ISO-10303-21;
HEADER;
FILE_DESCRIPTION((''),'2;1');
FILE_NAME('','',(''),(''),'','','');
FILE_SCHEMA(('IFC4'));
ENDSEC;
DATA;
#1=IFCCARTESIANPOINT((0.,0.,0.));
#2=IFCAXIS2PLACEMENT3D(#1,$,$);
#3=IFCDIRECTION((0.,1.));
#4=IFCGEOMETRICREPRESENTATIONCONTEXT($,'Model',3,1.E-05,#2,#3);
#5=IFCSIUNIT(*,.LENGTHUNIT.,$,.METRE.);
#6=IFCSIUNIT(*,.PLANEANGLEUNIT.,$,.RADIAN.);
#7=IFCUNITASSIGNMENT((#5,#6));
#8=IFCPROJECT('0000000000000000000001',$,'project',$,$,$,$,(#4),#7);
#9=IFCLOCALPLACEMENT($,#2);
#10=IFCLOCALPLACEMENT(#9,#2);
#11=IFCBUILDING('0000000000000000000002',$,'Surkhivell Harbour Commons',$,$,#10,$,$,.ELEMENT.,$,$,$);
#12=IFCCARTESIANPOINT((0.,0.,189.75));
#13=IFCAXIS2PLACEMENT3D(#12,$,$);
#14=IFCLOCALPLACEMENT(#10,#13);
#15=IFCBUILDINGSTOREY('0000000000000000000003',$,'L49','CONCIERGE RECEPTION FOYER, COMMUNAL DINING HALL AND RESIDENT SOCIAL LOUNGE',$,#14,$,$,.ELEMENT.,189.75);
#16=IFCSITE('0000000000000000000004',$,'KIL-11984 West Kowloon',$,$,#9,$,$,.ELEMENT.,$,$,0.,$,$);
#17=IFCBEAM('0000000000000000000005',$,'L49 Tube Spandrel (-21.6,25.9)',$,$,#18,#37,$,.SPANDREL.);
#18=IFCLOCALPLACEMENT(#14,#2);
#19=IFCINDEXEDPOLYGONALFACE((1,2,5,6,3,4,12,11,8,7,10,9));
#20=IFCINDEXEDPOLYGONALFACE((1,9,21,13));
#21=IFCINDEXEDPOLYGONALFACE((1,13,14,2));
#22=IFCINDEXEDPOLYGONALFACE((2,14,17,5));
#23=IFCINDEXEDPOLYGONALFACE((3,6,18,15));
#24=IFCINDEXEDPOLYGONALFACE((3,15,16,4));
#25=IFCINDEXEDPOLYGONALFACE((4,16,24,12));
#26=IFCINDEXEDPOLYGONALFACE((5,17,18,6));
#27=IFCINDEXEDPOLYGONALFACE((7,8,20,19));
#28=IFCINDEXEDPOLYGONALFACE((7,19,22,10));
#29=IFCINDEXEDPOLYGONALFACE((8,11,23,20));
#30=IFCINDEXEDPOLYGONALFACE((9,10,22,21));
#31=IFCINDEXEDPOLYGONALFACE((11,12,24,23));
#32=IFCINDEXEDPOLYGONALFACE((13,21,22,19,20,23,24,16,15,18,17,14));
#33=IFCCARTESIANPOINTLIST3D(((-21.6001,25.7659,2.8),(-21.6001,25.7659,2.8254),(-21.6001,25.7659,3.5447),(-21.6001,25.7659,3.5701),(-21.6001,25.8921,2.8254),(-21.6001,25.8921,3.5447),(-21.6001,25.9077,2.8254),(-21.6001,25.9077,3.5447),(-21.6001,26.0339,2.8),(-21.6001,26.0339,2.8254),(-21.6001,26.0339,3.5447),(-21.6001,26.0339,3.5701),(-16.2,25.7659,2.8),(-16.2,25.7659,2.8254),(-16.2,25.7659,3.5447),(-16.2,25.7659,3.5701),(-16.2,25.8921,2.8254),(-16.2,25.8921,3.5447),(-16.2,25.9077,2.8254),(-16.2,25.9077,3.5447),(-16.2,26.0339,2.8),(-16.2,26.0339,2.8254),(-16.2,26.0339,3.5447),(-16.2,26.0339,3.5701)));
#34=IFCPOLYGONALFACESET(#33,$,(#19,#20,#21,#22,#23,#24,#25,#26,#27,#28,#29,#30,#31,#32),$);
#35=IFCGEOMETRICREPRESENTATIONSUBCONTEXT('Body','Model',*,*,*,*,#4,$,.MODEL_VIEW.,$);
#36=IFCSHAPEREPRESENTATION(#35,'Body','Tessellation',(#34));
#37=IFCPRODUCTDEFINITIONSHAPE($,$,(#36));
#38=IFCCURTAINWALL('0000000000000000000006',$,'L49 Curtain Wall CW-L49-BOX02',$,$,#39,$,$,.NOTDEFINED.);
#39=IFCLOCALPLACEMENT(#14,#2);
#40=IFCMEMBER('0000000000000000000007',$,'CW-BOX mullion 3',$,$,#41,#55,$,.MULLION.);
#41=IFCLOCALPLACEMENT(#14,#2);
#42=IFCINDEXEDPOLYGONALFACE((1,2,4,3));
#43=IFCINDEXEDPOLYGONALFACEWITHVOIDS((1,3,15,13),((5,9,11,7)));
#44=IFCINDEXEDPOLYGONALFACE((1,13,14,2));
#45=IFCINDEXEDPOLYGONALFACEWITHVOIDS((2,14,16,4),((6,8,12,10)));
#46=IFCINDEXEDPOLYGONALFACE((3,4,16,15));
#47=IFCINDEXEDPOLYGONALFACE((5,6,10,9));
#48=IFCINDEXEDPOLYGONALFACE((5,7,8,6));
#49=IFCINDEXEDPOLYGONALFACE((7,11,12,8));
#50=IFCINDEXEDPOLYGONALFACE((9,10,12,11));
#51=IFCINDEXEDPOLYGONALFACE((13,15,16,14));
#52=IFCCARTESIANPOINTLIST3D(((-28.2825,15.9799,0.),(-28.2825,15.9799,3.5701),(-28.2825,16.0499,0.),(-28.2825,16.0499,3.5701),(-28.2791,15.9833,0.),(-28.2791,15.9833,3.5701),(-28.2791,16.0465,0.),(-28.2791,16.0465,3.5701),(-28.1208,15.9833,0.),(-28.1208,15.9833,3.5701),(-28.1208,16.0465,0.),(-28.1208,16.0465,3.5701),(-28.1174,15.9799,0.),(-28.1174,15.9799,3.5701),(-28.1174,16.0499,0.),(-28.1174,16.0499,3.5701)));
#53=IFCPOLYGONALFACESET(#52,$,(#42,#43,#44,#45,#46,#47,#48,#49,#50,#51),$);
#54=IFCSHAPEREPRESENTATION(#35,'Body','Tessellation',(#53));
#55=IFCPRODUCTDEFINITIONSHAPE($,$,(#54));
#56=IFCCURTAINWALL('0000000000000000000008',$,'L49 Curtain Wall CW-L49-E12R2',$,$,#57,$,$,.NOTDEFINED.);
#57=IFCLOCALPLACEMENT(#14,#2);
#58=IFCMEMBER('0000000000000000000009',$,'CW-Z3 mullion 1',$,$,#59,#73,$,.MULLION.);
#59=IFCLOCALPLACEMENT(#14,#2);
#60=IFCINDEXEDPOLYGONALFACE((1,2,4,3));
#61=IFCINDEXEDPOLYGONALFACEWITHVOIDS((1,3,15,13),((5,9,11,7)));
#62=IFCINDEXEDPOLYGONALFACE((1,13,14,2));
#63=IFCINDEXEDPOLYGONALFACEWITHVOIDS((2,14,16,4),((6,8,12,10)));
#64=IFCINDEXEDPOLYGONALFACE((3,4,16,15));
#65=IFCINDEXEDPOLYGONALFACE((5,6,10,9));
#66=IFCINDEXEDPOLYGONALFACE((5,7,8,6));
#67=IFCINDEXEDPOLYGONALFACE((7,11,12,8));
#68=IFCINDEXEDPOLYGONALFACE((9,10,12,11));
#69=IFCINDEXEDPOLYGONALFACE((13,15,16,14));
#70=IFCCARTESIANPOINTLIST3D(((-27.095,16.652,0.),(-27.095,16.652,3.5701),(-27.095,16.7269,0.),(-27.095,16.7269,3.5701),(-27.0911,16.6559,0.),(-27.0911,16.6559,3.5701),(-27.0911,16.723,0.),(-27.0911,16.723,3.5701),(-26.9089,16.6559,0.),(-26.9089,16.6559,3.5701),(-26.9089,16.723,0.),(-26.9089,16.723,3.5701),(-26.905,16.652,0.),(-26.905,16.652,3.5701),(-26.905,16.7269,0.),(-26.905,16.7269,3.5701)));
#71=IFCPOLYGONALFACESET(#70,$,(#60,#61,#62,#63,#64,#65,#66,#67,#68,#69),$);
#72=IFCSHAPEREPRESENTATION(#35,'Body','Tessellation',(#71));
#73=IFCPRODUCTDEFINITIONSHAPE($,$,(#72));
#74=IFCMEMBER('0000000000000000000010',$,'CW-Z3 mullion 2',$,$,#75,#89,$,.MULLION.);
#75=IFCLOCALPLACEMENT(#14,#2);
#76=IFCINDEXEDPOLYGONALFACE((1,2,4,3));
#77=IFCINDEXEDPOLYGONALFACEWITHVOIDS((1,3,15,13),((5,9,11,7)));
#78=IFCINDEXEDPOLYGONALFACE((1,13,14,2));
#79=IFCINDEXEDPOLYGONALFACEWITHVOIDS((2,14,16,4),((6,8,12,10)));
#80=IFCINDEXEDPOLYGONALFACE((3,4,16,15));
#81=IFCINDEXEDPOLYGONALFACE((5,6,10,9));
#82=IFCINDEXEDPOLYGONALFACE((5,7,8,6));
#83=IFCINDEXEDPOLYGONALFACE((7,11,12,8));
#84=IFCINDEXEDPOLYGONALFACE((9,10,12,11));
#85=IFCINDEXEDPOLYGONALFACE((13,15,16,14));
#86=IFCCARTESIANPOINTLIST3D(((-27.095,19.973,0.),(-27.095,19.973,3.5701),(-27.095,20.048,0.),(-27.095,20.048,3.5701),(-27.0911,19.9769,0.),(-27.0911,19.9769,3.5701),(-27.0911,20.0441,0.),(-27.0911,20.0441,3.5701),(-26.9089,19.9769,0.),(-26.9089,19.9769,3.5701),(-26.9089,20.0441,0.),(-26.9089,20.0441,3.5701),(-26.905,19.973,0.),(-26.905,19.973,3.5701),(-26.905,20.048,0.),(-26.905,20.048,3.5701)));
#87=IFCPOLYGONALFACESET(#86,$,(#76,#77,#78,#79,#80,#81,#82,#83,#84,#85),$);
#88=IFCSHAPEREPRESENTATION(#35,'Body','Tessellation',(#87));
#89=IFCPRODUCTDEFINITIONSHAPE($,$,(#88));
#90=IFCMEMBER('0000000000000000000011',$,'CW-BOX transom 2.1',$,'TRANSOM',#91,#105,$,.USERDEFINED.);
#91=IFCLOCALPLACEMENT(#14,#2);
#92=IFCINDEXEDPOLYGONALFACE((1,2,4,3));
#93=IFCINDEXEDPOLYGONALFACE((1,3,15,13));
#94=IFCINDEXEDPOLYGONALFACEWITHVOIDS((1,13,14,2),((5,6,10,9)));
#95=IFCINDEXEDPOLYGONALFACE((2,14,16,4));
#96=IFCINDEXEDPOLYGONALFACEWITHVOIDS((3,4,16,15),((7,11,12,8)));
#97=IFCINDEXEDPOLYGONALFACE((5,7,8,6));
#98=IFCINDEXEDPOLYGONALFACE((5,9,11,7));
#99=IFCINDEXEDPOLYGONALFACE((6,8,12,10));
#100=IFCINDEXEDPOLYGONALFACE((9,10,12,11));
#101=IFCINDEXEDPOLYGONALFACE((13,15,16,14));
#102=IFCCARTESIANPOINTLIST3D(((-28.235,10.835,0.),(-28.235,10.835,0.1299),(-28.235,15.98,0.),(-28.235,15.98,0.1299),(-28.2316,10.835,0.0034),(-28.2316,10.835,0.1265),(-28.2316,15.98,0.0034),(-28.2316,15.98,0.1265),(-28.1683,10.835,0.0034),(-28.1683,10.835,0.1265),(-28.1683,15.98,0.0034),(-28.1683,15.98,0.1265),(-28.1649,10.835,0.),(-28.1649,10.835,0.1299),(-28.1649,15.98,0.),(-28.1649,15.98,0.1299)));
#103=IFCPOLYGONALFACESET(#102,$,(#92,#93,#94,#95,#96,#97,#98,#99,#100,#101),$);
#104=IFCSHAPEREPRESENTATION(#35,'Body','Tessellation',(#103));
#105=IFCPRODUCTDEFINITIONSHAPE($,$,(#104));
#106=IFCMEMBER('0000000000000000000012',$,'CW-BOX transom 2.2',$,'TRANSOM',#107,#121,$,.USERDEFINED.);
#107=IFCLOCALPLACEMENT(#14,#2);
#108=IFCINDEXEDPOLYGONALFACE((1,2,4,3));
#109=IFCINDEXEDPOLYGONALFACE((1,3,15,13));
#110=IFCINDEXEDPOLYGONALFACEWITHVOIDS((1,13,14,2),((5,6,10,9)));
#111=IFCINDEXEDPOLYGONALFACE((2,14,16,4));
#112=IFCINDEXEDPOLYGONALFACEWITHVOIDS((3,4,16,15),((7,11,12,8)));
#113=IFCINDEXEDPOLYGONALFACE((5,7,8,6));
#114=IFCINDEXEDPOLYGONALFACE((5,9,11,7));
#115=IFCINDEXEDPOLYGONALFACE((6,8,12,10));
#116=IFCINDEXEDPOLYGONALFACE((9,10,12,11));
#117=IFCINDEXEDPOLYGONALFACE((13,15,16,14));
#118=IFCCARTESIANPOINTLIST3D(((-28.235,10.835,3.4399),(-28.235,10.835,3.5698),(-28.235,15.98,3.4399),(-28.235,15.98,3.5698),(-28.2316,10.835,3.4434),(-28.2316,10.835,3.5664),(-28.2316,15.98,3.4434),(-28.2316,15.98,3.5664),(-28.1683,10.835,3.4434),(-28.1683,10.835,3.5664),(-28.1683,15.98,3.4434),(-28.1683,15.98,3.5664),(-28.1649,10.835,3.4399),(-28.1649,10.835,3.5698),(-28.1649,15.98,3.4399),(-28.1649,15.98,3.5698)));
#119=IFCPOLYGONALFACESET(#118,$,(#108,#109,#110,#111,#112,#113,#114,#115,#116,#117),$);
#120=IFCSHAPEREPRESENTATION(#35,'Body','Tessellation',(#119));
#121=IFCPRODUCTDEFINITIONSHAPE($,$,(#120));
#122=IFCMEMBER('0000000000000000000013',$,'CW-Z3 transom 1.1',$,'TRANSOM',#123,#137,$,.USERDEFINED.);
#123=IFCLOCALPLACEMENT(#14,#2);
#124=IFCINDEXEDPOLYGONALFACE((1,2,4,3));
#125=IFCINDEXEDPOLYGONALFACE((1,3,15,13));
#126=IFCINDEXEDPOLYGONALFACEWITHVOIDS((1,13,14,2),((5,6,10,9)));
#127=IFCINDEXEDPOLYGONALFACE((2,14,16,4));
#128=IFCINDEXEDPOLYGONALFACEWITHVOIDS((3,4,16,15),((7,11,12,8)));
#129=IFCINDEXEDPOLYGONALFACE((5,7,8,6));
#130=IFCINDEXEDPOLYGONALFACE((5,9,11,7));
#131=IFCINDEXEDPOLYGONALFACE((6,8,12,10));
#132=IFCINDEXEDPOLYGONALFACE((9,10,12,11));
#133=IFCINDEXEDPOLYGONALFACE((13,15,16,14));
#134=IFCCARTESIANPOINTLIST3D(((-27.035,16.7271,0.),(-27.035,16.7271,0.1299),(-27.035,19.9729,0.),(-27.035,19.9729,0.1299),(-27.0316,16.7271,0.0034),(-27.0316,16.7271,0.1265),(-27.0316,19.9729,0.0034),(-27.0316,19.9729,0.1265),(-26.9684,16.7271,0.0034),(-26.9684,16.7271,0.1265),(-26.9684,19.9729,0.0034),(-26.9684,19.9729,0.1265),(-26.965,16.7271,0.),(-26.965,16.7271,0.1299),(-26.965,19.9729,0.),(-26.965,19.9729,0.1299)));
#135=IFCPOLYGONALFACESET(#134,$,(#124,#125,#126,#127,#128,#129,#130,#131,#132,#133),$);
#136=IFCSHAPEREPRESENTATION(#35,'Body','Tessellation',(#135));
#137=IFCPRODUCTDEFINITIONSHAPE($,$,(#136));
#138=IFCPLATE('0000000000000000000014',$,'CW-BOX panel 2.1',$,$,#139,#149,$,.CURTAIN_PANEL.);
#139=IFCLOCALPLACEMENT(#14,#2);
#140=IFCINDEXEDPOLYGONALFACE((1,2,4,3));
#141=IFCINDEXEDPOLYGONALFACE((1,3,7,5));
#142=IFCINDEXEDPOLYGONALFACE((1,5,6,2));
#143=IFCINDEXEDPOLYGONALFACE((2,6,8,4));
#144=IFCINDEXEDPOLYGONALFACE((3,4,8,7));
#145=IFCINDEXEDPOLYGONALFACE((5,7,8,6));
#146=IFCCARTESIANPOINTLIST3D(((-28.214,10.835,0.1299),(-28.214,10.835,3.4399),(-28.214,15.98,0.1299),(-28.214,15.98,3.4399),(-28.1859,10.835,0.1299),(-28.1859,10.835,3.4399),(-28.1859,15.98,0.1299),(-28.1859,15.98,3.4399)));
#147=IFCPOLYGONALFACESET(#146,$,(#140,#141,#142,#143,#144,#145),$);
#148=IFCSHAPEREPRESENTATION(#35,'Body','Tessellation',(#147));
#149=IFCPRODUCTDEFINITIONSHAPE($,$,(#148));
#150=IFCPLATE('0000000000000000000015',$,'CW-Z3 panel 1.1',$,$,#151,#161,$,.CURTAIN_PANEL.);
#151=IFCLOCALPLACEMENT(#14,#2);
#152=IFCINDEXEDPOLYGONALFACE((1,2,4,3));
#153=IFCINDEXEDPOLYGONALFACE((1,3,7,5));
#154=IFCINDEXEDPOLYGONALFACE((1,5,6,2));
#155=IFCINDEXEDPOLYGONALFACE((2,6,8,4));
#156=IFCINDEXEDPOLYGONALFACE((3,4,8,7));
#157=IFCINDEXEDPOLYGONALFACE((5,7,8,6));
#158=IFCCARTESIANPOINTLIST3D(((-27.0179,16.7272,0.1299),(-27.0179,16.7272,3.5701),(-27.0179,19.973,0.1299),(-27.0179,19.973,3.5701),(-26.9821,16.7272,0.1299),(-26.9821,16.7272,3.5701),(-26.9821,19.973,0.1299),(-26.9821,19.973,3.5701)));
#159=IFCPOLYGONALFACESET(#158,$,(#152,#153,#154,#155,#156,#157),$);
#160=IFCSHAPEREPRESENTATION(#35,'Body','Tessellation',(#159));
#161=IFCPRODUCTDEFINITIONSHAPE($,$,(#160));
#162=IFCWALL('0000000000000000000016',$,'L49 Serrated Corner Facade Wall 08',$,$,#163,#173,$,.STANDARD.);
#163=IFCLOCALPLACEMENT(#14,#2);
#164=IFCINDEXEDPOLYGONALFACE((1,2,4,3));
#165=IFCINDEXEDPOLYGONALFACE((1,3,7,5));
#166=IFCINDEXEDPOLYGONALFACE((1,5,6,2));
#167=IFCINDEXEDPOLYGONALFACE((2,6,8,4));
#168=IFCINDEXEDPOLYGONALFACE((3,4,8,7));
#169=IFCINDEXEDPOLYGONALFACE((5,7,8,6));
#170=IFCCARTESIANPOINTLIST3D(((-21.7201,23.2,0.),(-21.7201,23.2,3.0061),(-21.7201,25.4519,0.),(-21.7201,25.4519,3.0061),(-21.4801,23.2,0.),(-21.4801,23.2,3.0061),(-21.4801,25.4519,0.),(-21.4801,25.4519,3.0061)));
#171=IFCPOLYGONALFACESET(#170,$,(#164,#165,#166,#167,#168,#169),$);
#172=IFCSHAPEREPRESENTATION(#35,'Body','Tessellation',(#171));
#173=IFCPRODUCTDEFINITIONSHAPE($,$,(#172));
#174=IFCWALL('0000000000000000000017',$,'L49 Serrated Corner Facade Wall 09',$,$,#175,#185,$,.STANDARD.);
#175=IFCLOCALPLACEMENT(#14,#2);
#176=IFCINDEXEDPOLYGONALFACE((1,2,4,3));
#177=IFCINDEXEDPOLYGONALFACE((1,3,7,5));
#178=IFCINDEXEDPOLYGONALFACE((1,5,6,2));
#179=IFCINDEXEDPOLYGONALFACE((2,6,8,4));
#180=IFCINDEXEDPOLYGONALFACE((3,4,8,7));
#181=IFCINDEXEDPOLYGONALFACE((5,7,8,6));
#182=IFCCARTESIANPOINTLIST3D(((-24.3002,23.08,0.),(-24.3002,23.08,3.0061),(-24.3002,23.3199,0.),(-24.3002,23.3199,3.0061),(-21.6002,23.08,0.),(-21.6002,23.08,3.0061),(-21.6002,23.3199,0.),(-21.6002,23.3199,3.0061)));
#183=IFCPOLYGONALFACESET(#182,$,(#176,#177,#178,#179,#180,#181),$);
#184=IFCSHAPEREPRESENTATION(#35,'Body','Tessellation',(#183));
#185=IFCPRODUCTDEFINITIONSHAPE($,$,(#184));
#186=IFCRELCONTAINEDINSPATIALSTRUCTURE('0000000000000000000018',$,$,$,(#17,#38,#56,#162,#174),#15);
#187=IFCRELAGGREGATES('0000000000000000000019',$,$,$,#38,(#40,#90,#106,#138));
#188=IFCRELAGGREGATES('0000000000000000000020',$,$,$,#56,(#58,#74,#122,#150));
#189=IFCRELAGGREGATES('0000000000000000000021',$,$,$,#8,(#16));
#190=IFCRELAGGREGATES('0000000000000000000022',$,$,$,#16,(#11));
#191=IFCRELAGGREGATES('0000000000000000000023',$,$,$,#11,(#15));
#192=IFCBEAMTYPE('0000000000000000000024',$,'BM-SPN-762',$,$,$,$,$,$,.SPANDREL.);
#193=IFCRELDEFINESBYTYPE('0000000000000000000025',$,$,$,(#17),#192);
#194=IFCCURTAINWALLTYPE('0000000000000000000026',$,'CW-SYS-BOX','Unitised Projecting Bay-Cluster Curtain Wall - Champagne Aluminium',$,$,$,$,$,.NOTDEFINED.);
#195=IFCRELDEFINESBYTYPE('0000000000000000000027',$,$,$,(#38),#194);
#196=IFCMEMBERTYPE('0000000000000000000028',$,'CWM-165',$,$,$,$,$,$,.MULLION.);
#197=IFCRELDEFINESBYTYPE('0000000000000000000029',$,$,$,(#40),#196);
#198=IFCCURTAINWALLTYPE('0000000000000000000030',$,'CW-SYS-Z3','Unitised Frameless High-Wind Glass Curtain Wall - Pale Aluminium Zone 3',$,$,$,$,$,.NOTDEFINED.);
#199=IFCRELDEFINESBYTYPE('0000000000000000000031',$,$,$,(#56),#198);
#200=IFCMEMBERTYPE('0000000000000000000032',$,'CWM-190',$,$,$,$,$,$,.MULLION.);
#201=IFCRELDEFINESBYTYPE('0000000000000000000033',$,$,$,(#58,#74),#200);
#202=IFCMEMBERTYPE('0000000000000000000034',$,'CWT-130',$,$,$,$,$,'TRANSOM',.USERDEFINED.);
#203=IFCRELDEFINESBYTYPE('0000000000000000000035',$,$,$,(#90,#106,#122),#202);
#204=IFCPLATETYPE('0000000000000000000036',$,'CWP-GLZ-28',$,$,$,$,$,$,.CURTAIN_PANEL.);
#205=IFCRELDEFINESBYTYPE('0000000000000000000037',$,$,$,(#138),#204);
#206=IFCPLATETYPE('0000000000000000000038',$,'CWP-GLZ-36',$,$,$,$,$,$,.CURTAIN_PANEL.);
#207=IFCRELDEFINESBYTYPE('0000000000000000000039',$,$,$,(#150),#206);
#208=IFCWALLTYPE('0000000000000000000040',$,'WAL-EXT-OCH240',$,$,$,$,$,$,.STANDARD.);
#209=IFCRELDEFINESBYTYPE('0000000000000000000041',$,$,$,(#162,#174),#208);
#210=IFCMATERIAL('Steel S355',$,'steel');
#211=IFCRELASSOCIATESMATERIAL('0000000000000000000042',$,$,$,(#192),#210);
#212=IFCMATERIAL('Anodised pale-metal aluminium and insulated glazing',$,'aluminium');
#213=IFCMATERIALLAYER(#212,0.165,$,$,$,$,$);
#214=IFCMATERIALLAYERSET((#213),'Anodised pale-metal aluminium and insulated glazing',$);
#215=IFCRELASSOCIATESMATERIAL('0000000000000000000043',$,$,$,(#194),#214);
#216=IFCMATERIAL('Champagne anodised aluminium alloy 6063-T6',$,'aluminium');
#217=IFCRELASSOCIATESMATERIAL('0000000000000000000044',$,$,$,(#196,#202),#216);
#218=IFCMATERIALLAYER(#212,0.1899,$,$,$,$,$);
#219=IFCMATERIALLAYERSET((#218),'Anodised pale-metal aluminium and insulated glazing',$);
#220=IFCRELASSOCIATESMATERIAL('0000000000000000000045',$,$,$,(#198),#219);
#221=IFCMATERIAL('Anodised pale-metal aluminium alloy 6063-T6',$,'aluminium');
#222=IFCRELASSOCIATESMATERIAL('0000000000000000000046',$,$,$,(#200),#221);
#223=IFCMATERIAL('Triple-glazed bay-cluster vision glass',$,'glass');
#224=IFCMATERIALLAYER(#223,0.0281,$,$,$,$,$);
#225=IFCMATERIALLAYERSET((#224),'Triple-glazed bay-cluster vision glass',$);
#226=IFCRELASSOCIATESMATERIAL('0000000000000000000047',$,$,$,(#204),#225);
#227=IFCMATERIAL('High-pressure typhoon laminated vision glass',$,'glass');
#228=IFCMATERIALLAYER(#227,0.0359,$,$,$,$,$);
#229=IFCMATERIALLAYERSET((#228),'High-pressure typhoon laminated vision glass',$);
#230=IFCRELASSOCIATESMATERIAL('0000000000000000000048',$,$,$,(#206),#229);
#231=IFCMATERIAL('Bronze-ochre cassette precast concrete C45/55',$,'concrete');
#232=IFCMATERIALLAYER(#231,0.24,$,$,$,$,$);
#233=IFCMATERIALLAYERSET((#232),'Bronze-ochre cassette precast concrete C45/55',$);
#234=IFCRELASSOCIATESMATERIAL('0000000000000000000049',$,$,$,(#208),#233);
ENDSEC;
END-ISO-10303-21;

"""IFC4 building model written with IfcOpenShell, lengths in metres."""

from ifc_helpers import new_model, si_unit, direction, frame, frame_2d, origin, origin_2d, place, context, subcontext, project, spatial, rectangle, hollow_rectangle, i_section, extrude, material, layer, layer_set, material_profile, profile_set, type_object, element, aggregate, save


model = new_model("IFC4")

# Units and contexts
model_context = context("Model", 3, precision=1e-05, world=origin(), true_north=direction((0.0, 1.0)))
body_context = subcontext(model_context, "Body", "Model", "MODEL_VIEW")
ifc_project = project(units=[si_unit("LENGTHUNIT", "METRE"), si_unit("PLANEANGLEUNIT", "RADIAN")], contexts=[model_context])

# Site, building, storey
site_placement = place(None, origin())
site = spatial("IfcSite", under=ifc_project, at=site_placement, Name="KIL-11984 West Kowloon", CompositionType="ELEMENT", RefElevation=0.0)
building_placement = place(site_placement, origin())
building = spatial("IfcBuilding", under=site, at=building_placement, Name="Surkhivell Harbour Commons", CompositionType="ELEMENT")
storey_placement = place(building_placement, frame((0.0, 0.0, 189.75)))
storey = spatial("IfcBuildingStorey", under=building, at=storey_placement, Name="L49", Description="CONCIERGE RECEPTION FOYER, COMMUNAL DINING HALL AND RESIDENT SOCIAL LOUNGE", CompositionType="ELEMENT", Elevation=189.75)

# Beam
ifc_material_1 = material(Name="Steel S355", Category="steel")
ifc_material_profile_1 = material_profile(ifc_material_1, i_section(OverallWidth=0.2681, OverallDepth=0.77, WebThickness=0.0156, FlangeThickness=0.0254, at=origin_2d()), Name="UB762x267x197")
ifc_profile_set_1 = profile_set([ifc_material_profile_1], Name="Steel S355")
beam_type_1 = type_object("IfcBeamType", Name="BM-SPN-762", PredefinedType="SPANDREL", material=ifc_profile_set_1)
beam_1_placement = place(storey_placement, frame((-21.6001, 25.8999, 3.1851), z_axis=(1.0, 0.0, 0.0), x_axis=(0.0, 1.0, 0.0)))
element("IfcBeam", 1, at=beam_1_placement, inside=storey, type_object=beam_type_1, Name="L49 Tube Spandrel (-21.6,25.9)", PredefinedType="SPANDREL", context=body_context, shape_type="SweptSolid", body=[
    extrude(i_section(OverallWidth=0.2681, OverallDepth=0.77, WebThickness=0.0156, FlangeThickness=0.0254, at=origin_2d()), origin(), (0.0, 0.0, 1.0), 5.4001),
])

# Curtain wall, member
ifc_material_2 = material(Name="Anodised pale-metal aluminium and insulated glazing", Category="aluminium")
ifc_layer_1 = layer(ifc_material_2, 0.165)
ifc_layer_set_1 = layer_set([ifc_layer_1], Name="Anodised pale-metal aluminium and insulated glazing")
curtain_wall_type_1 = type_object("IfcCurtainWallType", Name="CW-SYS-BOX", Description="Unitised Projecting Bay-Cluster Curtain Wall - Champagne Aluminium", PredefinedType="NOTDEFINED", material=ifc_layer_set_1)
curtain_wall_1_placement = place(storey_placement, origin())
curtain_wall_1 = element("IfcCurtainWall", 2, at=curtain_wall_1_placement, inside=storey, type_object=curtain_wall_type_1, Name="L49 Curtain Wall CW-L49-BOX02", PredefinedType="NOTDEFINED")
ifc_material_3 = material(Name="Champagne anodised aluminium alloy 6063-T6", Category="aluminium")
ifc_material_profile_2 = material_profile(ifc_material_3, hollow_rectangle(XDim=0.0701, YDim=0.165, WallThickness=0.0034, at=origin_2d()), Name="ALU-MULL-70x165")
ifc_profile_set_2 = profile_set([ifc_material_profile_2], Name="Champagne anodised aluminium alloy 6063-T6")
member_type_1 = type_object("IfcMemberType", Name="CWM-165", PredefinedType="MULLION", material=ifc_profile_set_2)
member_1_placement = place(storey_placement, frame((-28.2, 16.0149, 0.0), z_axis=(0.0, 0.0, 1.0), x_axis=(0.0, 1.0, 0.0)))
member_1 = element("IfcMember", 3, at=member_1_placement, type_object=member_type_1, Name="CW-BOX mullion 3", PredefinedType="MULLION", context=body_context, shape_type="SweptSolid", body=[
    extrude(hollow_rectangle(XDim=0.0701, YDim=0.165, WallThickness=0.0034, at=origin_2d()), origin(), (0.0, 0.0, 1.0), 3.5701),
])

# Curtain wall, members
ifc_layer_2 = layer(ifc_material_2, 0.1899)
ifc_layer_set_2 = layer_set([ifc_layer_2], Name="Anodised pale-metal aluminium and insulated glazing")
curtain_wall_type_2 = type_object("IfcCurtainWallType", Name="CW-SYS-Z3", Description="Unitised Frameless High-Wind Glass Curtain Wall - Pale Aluminium Zone 3", PredefinedType="NOTDEFINED", material=ifc_layer_set_2)
curtain_wall_2_placement = place(storey_placement, origin())
curtain_wall_2 = element("IfcCurtainWall", 4, at=curtain_wall_2_placement, inside=storey, type_object=curtain_wall_type_2, Name="L49 Curtain Wall CW-L49-E12R2", PredefinedType="NOTDEFINED")
ifc_material_4 = material(Name="Anodised pale-metal aluminium alloy 6063-T6", Category="aluminium")
ifc_material_profile_3 = material_profile(ifc_material_4, hollow_rectangle(XDim=0.075, YDim=0.1899, WallThickness=0.0039, at=origin_2d()), Name="ALU-MULL-75x190")
ifc_profile_set_3 = profile_set([ifc_material_profile_3], Name="Anodised pale-metal aluminium alloy 6063-T6")
member_type_2 = type_object("IfcMemberType", Name="CWM-190", PredefinedType="MULLION", material=ifc_profile_set_3)
member_2_placement = place(storey_placement, frame((-27.0, 16.6895, 0.0), z_axis=(0.0, 0.0, 1.0), x_axis=(0.0, 1.0, 0.0)))
member_2 = element("IfcMember", 5, at=member_2_placement, type_object=member_type_2, Name="CW-Z3 mullion 1", PredefinedType="MULLION", context=body_context, shape_type="SweptSolid", body=[
    extrude(hollow_rectangle(XDim=0.075, YDim=0.1899, WallThickness=0.0039, at=origin_2d()), origin(), (0.0, 0.0, 1.0), 3.5701),
])
member_3_placement = place(storey_placement, frame((-27.0, 20.0105, 0.0), z_axis=(0.0, 0.0, 1.0), x_axis=(0.0, 1.0, 0.0)))
member_3 = element("IfcMember", 6, at=member_3_placement, type_object=member_type_2, Name="CW-Z3 mullion 2", PredefinedType="MULLION", context=body_context, shape_type="SweptSolid", body=[
    extrude(hollow_rectangle(XDim=0.075, YDim=0.1899, WallThickness=0.0039, at=origin_2d()), origin(), (0.0, 0.0, 1.0), 3.5701),
])

# Members
ifc_material_profile_4 = material_profile(ifc_material_3, hollow_rectangle(XDim=0.0701, YDim=0.1299, WallThickness=0.0034, at=origin_2d()), Name="ALU-TRAN-70x130")
ifc_profile_set_4 = profile_set([ifc_material_profile_4], Name="Champagne anodised aluminium alloy 6063-T6")
member_type_3 = type_object("IfcMemberType", Name="CWT-130", ElementType="TRANSOM", PredefinedType="USERDEFINED", material=ifc_profile_set_4)
member_4_placement = place(storey_placement, frame((-28.2, 10.835, 0.0649), z_axis=(0.0, 1.0, 0.0), x_axis=(-1.0, 0.0, 0.0)))
member_4 = element("IfcMember", 7, at=member_4_placement, type_object=member_type_3, Name="CW-BOX transom 2.1", ObjectType="TRANSOM", PredefinedType="USERDEFINED", context=body_context, shape_type="SweptSolid", body=[
    extrude(hollow_rectangle(XDim=0.0701, YDim=0.1299, WallThickness=0.0034, at=origin_2d()), origin(), (0.0, 0.0, 1.0), 5.145),
])
member_5_placement = place(storey_placement, frame((-28.2, 10.835, 3.5049), z_axis=(0.0, 1.0, 0.0), x_axis=(-1.0, 0.0, 0.0)))
member_5 = element("IfcMember", 8, at=member_5_placement, type_object=member_type_3, Name="CW-BOX transom 2.2", ObjectType="TRANSOM", PredefinedType="USERDEFINED", context=body_context, shape_type="SweptSolid", body=[
    extrude(hollow_rectangle(XDim=0.0701, YDim=0.1299, WallThickness=0.0034, at=origin_2d()), origin(), (0.0, 0.0, 1.0), 5.145),
])
member_6_placement = place(storey_placement, frame((-27.0, 16.7271, 0.0649), z_axis=(0.0, 1.0, 0.0), x_axis=(-1.0, 0.0, 0.0)))
member_6 = element("IfcMember", 9, at=member_6_placement, type_object=member_type_3, Name="CW-Z3 transom 1.1", ObjectType="TRANSOM", PredefinedType="USERDEFINED", context=body_context, shape_type="SweptSolid", body=[
    extrude(hollow_rectangle(XDim=0.0701, YDim=0.1299, WallThickness=0.0034, at=origin_2d()), origin(), (0.0, 0.0, 1.0), 3.2458),
])

# Plates
ifc_material_5 = material(Name="Triple-glazed bay-cluster vision glass", Category="glass")
ifc_layer_3 = layer(ifc_material_5, 0.0281)
ifc_layer_set_3 = layer_set([ifc_layer_3], Name="Triple-glazed bay-cluster vision glass")
plate_type_1 = type_object("IfcPlateType", Name="CWP-GLZ-28", PredefinedType="CURTAIN_PANEL", material=ifc_layer_set_3)
plate_1_placement = place(storey_placement, frame((-28.2, 10.835, 0.1299), z_axis=(0.0, 0.0, 1.0), x_axis=(0.0, 1.0, 0.0)))
plate_1 = element("IfcPlate", 10, at=plate_1_placement, type_object=plate_type_1, Name="CW-BOX panel 2.1", PredefinedType="CURTAIN_PANEL", context=body_context, shape_type="SweptSolid", body=[
    extrude(rectangle(XDim=5.145, YDim=0.0281, at=frame_2d((2.5725, 0.0))), origin(), (0.0, 0.0, 1.0), 3.3101),
])
aggregate(curtain_wall_1, [member_1, member_4, member_5, plate_1])
ifc_material_6 = material(Name="High-pressure typhoon laminated vision glass", Category="glass")
ifc_layer_4 = layer(ifc_material_6, 0.0359)
ifc_layer_set_4 = layer_set([ifc_layer_4], Name="High-pressure typhoon laminated vision glass")
plate_type_2 = type_object("IfcPlateType", Name="CWP-GLZ-36", PredefinedType="CURTAIN_PANEL", material=ifc_layer_set_4)
plate_2_placement = place(storey_placement, frame((-27.0, 16.7271, 0.1299), z_axis=(0.0, 0.0, 1.0), x_axis=(0.0, 1.0, 0.0)))
plate_2 = element("IfcPlate", 11, at=plate_2_placement, type_object=plate_type_2, Name="CW-Z3 panel 1.1", PredefinedType="CURTAIN_PANEL", context=body_context, shape_type="SweptSolid", body=[
    extrude(rectangle(XDim=3.2458, YDim=0.0359, at=frame_2d((1.623, 0.0))), origin(), (0.0, 0.0, 1.0), 3.4402),
])
aggregate(curtain_wall_2, [member_2, member_3, member_6, plate_2])

# Walls
ifc_material_7 = material(Name="Bronze-ochre cassette precast concrete C45/55", Category="concrete")
ifc_layer_5 = layer(ifc_material_7, 0.24)
ifc_layer_set_5 = layer_set([ifc_layer_5], Name="Bronze-ochre cassette precast concrete C45/55")
wall_type = type_object("IfcWallType", Name="WAL-EXT-OCH240", PredefinedType="STANDARD", material=ifc_layer_set_5)
wall_1_placement = place(storey_placement, frame((-21.6001, 25.4519, 0.0), z_axis=(0.0, 0.0, 1.0), x_axis=(0.0, -1.0, 0.0)))
element("IfcWall", 12, at=wall_1_placement, inside=storey, type_object=wall_type, Name="L49 Serrated Corner Facade Wall 08", PredefinedType="STANDARD", context=body_context, shape_type="SweptSolid", body=[
    extrude(rectangle(XDim=2.252, YDim=0.24, at=frame_2d((1.126, 0.0))), origin(), (0.0, 0.0, 1.0), 3.0061),
])
wall_2_placement = place(storey_placement, frame((-21.6001, 23.2, 0.0), z_axis=(0.0, 0.0, 1.0), x_axis=(-1.0, 0.0, 0.0)))
element("IfcWall", 13, at=wall_2_placement, inside=storey, type_object=wall_type, Name="L49 Serrated Corner Facade Wall 09", PredefinedType="STANDARD", context=body_context, shape_type="SweptSolid", body=[
    extrude(rectangle(XDim=2.7, YDim=0.24, at=frame_2d((1.3501, 0.0))), origin(), (0.0, 0.0, 1.0), 3.0061),
])

save(model, "model.ifc")
